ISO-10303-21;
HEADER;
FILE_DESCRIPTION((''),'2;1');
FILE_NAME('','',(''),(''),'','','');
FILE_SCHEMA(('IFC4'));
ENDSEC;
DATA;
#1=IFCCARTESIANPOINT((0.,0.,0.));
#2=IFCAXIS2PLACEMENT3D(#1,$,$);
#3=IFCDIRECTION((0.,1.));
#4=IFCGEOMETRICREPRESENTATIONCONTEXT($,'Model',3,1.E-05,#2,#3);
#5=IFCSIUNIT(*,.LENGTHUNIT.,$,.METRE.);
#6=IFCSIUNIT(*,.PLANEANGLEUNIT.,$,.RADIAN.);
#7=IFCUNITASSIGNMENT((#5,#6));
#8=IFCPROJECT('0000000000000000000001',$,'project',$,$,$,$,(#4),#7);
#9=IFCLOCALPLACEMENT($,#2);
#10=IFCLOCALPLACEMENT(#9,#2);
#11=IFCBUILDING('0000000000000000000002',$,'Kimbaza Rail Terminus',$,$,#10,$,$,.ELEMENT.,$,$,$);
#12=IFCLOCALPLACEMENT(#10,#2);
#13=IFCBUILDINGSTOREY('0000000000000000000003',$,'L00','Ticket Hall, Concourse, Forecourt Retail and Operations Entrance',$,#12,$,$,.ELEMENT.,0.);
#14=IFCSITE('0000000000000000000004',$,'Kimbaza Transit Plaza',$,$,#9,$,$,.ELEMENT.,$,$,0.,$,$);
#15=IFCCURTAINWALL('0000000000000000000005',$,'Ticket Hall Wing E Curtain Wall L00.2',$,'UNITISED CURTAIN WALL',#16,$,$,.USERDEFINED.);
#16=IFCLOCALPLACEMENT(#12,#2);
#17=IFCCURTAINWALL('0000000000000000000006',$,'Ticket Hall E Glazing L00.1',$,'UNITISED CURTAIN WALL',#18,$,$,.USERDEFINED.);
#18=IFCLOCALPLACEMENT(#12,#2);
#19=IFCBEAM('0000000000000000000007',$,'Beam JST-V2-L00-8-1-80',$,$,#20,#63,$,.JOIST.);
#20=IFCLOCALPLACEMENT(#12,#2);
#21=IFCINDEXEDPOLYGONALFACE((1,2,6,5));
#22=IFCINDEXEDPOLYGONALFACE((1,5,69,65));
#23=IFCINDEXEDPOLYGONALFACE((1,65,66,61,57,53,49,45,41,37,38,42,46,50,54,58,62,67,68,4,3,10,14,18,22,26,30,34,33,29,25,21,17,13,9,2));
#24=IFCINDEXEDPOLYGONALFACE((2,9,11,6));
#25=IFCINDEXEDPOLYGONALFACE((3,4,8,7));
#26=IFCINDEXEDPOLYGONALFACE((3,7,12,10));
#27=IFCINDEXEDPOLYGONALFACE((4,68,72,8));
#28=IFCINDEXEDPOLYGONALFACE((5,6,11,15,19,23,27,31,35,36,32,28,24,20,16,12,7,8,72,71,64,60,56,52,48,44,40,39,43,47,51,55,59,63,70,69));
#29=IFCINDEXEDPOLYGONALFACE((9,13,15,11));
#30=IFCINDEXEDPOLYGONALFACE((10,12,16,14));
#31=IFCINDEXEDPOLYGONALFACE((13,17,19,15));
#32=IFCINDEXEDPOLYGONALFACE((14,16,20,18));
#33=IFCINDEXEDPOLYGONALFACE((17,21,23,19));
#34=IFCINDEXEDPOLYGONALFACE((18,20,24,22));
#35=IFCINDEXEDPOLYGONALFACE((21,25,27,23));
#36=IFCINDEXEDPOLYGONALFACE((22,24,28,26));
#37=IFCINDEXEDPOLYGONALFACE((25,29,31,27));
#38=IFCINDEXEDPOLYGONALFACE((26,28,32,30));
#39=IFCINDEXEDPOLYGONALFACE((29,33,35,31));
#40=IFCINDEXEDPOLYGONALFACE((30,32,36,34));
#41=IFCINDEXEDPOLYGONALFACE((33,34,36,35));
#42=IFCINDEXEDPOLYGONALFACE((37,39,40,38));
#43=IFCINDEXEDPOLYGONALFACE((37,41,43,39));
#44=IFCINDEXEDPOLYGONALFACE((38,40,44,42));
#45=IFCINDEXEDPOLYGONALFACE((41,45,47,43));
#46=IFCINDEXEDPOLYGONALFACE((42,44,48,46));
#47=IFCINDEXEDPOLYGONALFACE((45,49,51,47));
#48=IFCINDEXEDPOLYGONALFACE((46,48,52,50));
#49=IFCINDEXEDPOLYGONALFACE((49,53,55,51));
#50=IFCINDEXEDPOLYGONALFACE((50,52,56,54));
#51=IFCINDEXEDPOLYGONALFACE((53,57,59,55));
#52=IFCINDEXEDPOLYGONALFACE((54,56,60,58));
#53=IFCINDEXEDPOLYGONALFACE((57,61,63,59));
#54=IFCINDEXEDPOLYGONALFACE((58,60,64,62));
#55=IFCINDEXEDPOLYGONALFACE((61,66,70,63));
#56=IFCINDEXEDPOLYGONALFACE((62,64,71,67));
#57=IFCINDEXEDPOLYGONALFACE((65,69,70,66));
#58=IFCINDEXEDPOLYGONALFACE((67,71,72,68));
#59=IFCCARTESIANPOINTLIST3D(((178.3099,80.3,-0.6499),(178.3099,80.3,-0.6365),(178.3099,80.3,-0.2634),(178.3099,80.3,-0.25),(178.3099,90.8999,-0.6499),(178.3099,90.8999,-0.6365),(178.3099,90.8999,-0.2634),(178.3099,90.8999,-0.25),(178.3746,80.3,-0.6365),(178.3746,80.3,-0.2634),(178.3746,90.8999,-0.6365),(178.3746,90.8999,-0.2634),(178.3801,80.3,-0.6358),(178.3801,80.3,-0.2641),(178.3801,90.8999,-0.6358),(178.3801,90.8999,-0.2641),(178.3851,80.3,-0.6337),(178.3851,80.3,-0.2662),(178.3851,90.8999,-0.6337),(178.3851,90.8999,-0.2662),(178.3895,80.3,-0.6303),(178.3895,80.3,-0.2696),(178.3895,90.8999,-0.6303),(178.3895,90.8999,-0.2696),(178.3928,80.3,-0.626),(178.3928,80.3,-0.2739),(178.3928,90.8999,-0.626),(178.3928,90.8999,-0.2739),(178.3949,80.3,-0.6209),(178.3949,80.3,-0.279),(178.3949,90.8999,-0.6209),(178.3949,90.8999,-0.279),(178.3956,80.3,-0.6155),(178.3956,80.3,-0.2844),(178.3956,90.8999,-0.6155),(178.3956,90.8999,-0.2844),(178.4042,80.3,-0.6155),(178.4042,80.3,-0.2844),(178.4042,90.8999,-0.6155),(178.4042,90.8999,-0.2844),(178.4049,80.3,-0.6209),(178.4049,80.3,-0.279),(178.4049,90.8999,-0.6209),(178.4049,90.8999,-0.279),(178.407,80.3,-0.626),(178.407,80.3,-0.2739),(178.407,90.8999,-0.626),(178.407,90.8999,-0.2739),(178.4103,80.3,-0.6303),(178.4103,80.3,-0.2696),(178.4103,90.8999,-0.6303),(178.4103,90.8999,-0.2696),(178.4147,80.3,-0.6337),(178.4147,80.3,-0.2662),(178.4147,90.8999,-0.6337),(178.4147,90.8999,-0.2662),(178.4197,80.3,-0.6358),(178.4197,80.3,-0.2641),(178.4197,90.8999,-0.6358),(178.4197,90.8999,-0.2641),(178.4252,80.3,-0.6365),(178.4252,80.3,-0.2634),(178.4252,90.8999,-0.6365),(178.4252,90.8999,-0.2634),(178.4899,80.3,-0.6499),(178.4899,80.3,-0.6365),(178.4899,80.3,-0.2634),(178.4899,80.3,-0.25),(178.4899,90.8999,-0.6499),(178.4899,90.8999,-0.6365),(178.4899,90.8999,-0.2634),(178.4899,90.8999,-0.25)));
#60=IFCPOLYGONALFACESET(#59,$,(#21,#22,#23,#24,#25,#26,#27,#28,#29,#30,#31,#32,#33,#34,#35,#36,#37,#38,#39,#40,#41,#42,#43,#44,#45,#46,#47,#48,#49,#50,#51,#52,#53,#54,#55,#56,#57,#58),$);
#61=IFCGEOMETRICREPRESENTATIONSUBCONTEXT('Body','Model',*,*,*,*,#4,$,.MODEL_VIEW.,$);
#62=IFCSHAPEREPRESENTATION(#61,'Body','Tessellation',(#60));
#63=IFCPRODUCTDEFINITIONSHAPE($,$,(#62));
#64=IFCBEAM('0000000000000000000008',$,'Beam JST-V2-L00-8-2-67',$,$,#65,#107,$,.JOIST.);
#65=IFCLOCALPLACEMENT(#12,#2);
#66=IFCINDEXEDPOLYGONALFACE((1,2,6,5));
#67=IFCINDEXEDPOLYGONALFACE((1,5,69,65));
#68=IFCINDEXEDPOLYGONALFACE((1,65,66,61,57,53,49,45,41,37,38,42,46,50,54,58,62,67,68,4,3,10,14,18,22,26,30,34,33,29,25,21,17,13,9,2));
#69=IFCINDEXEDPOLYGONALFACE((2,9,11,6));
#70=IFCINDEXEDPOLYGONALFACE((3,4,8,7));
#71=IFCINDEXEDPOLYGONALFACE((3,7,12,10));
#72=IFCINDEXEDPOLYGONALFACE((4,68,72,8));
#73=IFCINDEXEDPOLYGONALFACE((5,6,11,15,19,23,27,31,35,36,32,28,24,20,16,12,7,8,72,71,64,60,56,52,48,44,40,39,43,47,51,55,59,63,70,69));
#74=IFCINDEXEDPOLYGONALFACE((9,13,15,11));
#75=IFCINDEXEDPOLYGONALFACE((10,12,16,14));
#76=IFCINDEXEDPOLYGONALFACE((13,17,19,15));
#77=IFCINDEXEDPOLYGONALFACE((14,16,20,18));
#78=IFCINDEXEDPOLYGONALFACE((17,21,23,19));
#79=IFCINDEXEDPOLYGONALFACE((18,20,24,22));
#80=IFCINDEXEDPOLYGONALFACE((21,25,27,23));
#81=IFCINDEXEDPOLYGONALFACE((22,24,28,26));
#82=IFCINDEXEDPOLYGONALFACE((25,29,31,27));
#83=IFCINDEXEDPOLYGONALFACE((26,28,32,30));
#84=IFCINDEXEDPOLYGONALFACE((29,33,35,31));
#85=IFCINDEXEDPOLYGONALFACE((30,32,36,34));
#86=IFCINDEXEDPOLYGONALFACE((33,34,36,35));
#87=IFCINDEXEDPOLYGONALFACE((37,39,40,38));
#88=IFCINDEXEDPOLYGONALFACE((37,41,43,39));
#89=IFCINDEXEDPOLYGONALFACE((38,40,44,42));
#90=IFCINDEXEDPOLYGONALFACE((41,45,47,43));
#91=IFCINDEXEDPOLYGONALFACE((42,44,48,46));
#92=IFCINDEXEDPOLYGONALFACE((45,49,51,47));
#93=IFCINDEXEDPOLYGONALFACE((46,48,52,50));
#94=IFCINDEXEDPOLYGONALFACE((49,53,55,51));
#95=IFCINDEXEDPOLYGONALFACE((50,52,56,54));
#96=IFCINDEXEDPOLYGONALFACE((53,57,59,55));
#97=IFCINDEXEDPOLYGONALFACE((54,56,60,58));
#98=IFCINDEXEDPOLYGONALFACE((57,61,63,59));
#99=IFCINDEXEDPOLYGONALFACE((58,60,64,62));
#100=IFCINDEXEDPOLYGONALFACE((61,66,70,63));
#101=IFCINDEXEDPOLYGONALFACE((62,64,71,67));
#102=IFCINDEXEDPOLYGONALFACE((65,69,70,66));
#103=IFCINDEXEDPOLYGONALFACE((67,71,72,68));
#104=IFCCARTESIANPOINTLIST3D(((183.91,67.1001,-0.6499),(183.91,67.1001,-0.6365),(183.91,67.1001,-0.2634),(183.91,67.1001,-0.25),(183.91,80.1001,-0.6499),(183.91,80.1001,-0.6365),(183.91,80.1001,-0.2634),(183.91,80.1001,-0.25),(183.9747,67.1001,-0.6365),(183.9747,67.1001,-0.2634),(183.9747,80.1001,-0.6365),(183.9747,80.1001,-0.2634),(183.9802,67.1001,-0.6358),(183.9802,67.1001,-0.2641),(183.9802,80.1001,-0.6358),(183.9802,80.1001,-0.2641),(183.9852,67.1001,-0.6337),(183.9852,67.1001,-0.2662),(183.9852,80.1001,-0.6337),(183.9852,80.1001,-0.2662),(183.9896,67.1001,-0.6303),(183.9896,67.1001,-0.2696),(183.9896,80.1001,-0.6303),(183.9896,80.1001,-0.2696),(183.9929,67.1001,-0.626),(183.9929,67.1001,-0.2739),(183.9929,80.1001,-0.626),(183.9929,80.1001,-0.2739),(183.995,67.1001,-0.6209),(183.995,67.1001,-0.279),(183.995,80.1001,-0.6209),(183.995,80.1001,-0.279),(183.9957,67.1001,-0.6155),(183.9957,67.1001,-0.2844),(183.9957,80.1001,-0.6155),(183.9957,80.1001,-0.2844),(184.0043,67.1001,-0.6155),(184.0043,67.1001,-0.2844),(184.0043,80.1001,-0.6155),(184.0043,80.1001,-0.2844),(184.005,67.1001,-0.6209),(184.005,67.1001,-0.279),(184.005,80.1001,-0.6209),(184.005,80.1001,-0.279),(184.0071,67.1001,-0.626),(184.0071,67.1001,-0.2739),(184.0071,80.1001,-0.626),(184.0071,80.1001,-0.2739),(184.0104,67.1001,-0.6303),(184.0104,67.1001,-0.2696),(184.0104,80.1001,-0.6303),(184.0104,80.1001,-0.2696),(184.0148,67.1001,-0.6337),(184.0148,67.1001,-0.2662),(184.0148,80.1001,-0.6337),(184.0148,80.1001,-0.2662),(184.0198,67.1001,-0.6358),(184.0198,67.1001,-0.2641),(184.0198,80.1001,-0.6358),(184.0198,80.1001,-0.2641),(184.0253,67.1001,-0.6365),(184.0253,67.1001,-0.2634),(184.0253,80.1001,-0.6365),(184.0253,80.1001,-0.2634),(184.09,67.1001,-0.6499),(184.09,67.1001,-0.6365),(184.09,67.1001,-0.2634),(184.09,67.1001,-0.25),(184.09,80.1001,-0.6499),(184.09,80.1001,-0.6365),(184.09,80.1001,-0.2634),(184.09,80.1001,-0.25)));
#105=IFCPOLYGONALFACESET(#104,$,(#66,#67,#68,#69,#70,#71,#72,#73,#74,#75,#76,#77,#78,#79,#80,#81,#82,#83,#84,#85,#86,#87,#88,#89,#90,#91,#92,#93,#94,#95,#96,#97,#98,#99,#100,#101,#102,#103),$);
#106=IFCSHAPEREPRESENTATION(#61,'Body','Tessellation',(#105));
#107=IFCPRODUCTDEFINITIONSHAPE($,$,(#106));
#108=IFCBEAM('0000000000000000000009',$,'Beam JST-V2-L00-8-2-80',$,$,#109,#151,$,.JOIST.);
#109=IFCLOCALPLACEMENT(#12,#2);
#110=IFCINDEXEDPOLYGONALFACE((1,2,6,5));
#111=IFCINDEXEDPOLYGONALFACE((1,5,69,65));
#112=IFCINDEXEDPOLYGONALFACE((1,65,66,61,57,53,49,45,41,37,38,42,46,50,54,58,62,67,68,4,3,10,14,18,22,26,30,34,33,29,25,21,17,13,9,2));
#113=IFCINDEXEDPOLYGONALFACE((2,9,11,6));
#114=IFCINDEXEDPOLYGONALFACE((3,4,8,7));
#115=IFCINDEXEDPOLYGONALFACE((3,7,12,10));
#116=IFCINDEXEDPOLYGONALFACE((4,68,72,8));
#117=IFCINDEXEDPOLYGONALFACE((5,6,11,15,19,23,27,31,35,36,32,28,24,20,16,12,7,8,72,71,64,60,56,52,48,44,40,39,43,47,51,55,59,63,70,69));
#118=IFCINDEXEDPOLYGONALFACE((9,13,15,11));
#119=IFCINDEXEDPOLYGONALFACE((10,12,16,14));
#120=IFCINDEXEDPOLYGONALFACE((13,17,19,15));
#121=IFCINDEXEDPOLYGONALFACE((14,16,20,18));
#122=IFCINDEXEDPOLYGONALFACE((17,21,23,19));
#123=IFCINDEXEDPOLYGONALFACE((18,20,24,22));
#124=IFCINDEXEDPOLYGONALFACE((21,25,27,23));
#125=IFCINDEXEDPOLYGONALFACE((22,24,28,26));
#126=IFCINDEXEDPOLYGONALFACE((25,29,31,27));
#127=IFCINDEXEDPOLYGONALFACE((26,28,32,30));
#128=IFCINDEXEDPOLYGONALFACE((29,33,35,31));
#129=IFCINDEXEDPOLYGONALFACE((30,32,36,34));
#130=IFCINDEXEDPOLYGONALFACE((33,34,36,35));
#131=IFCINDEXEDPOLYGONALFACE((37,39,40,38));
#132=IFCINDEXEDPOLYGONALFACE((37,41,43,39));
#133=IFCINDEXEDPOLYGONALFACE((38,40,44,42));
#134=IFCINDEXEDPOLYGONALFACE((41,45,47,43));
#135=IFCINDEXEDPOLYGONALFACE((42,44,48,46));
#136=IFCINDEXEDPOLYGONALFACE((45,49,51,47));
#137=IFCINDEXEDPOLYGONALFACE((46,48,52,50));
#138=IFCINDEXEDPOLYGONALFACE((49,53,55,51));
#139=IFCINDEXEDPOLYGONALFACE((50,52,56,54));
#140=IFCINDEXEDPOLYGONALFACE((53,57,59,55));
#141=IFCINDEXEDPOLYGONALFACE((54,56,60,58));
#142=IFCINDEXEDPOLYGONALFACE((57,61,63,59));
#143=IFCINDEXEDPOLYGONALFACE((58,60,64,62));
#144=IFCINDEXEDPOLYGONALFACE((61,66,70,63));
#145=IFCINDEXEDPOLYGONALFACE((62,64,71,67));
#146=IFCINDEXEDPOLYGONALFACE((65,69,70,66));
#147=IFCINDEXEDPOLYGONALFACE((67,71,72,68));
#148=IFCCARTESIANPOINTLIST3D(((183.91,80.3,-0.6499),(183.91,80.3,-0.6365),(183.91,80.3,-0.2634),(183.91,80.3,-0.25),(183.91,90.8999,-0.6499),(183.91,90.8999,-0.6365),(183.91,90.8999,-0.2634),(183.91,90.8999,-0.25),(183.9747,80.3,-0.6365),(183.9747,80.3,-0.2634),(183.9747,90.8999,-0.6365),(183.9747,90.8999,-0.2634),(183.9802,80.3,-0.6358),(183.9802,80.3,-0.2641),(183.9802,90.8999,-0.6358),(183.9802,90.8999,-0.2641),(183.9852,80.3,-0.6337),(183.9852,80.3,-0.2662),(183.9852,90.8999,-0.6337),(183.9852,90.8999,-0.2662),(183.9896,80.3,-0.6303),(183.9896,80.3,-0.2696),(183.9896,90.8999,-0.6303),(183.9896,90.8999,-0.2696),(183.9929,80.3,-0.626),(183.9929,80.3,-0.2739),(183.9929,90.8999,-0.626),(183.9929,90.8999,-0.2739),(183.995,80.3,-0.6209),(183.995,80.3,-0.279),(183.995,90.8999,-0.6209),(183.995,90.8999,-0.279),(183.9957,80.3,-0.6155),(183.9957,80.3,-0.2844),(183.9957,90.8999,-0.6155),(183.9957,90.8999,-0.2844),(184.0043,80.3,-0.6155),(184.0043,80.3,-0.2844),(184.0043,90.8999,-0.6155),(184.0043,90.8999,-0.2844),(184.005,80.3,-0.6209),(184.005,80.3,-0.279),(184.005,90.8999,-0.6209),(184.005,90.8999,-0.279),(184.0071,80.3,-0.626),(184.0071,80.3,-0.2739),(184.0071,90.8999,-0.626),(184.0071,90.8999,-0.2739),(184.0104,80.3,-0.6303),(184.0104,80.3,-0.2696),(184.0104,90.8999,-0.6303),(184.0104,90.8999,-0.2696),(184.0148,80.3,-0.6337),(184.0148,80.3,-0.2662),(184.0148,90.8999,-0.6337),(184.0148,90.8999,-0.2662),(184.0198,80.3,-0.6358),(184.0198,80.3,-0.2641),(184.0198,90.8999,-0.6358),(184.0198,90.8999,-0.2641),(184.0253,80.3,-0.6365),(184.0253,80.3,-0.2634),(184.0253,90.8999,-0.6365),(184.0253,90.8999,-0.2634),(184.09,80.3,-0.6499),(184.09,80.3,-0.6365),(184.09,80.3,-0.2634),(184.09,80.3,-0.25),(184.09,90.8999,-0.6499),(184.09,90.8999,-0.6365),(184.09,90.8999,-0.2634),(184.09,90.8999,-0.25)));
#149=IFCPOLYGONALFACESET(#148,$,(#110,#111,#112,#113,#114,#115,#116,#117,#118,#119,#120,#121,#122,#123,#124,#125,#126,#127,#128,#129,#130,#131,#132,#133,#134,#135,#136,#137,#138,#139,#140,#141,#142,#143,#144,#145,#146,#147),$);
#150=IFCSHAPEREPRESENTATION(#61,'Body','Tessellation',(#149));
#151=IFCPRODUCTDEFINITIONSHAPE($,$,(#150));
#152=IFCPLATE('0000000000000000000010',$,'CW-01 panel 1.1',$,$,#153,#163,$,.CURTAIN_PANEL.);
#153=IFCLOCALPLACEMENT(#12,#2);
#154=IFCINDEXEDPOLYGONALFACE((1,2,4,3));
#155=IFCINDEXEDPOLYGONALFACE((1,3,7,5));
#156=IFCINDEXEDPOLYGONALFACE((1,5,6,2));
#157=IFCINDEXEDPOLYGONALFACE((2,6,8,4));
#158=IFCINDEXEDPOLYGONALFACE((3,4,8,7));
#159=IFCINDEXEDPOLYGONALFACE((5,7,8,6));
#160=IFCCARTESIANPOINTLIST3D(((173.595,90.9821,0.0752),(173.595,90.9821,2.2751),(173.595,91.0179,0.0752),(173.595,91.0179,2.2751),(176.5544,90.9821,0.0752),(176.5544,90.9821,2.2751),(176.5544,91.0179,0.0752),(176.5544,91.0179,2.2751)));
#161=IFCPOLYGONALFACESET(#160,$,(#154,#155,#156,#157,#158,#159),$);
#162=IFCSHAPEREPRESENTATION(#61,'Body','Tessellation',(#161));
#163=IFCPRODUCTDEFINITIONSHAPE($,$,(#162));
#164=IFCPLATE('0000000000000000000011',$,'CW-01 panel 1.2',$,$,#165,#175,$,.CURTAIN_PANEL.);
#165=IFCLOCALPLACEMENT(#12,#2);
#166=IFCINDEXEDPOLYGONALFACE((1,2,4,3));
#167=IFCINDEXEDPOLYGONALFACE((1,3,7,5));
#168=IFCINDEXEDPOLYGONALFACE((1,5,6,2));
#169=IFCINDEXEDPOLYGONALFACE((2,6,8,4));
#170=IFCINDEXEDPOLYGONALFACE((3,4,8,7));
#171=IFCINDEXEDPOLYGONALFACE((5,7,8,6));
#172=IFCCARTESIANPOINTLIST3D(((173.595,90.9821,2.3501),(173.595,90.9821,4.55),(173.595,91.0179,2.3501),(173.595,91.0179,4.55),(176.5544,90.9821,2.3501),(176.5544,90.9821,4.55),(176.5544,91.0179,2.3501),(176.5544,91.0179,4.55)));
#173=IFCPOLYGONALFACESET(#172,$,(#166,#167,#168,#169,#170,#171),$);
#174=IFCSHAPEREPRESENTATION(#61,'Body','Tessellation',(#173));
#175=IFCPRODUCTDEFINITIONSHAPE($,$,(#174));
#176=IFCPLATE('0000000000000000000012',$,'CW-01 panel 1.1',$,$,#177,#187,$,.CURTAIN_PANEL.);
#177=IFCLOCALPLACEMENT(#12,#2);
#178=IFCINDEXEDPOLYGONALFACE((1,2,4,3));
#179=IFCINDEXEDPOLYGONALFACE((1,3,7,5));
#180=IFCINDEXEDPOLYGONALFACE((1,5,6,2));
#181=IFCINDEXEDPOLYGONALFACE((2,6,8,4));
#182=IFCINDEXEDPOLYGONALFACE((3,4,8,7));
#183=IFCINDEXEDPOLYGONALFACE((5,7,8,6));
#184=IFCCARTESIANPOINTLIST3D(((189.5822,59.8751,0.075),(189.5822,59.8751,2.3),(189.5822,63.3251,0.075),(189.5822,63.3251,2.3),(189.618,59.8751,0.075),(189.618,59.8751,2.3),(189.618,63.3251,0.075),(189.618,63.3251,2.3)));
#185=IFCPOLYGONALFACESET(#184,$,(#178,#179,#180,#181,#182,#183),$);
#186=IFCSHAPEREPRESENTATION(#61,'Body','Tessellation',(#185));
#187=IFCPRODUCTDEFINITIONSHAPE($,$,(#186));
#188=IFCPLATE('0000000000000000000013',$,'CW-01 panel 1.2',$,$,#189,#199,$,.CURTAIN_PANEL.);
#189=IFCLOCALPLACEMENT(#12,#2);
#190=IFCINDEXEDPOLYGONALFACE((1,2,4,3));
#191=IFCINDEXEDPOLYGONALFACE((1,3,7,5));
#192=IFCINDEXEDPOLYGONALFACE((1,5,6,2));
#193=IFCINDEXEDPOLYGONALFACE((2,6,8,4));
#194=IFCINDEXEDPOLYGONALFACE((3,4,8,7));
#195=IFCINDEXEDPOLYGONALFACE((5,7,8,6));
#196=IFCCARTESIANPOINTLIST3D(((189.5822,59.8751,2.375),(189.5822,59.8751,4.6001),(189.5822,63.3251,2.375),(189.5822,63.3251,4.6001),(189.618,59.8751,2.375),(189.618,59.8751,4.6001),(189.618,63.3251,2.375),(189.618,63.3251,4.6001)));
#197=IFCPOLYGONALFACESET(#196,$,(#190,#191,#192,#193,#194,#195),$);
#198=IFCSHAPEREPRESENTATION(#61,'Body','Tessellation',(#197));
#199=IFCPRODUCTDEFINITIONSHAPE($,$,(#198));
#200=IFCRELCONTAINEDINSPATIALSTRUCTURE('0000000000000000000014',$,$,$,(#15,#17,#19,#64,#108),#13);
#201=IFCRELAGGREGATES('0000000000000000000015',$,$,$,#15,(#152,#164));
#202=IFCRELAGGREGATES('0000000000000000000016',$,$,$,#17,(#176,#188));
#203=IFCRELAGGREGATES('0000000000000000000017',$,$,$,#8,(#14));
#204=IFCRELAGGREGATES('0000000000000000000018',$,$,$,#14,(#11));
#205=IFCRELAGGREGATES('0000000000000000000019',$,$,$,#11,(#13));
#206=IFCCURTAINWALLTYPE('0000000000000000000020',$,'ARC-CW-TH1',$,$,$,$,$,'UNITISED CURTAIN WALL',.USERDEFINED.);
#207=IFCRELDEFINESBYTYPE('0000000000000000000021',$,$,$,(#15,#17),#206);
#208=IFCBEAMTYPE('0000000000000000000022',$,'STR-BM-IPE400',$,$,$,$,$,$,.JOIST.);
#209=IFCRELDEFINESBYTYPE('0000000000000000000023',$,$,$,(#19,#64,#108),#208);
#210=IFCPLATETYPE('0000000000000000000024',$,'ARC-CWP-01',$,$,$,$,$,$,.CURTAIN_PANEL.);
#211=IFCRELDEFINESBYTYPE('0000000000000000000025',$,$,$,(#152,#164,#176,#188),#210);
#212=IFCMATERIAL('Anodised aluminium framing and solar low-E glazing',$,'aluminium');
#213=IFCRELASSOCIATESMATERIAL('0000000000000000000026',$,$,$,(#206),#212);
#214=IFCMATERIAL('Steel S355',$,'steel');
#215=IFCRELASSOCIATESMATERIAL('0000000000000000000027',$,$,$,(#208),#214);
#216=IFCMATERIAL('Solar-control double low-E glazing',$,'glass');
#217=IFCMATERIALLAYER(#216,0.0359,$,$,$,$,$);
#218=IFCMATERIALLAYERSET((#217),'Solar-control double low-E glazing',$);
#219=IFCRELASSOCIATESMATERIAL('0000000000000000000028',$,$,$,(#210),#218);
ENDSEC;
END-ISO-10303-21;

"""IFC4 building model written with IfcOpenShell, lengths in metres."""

from ifc_helpers import new_model, si_unit, direction, frame, origin, origin_2d, place, context, subcontext, project, spatial, rectangle, i_section, extrude, material, layer, layer_set, material_profile, profile_set, type_object, element, aggregate, save


model = new_model("IFC4")

# Units and contexts
model_context = context("Model", 3, precision=1e-05, world=origin(), true_north=direction((0.0, 1.0)))
body_context = subcontext(model_context, "Body", "Model", "MODEL_VIEW")
ifc_project = project(units=[si_unit("LENGTHUNIT", "METRE"), si_unit("PLANEANGLEUNIT", "RADIAN")], contexts=[model_context])

# Site, building, storey
site_placement = place(None, origin())
site = spatial("IfcSite", under=ifc_project, at=site_placement, Name="Kimbaza Transit Plaza", CompositionType="ELEMENT", RefElevation=0.0)
building_placement = place(site_placement, origin())
building = spatial("IfcBuilding", under=site, at=building_placement, Name="Kimbaza Rail Terminus", CompositionType="ELEMENT")
storey_placement = place(building_placement, origin())
storey = spatial("IfcBuildingStorey", under=building, at=storey_placement, Name="L00", Description="Ticket Hall, Concourse, Forecourt Retail and Operations Entrance", CompositionType="ELEMENT", Elevation=0.0)

# Curtain wall
ifc_material_1 = material(Name="Anodised aluminium framing and solar low-E glazing", Category="aluminium")
curtain_wall_type = type_object("IfcCurtainWallType", Name="ARC-CW-TH1", ElementType="UNITISED CURTAIN WALL", PredefinedType="USERDEFINED", material=ifc_material_1)
curtain_wall_1_placement = place(storey_placement, origin())
curtain_wall_1 = element("IfcCurtainWall", 1, at=curtain_wall_1_placement, inside=storey, type_object=curtain_wall_type, Name="Ticket Hall Wing E Curtain Wall L00.2", ObjectType="UNITISED CURTAIN WALL", PredefinedType="USERDEFINED")

# Curtain wall
curtain_wall_2_placement = place(storey_placement, origin())
curtain_wall_2 = element("IfcCurtainWall", 2, at=curtain_wall_2_placement, inside=storey, type_object=curtain_wall_type, Name="Ticket Hall E Glazing L00.1", ObjectType="UNITISED CURTAIN WALL", PredefinedType="USERDEFINED")

# Beams
ifc_material_2 = material(Name="Steel S355", Category="steel")
ifc_material_profile_1 = material_profile(ifc_material_2, i_section(OverallWidth=0.1799, OverallDepth=0.3999, WebThickness=0.0085, FlangeThickness=0.0134, FilletRadius=0.021, at=origin_2d()), Name="IPE 400")
ifc_profile_set_1 = profile_set([ifc_material_profile_1], Name="Steel S355")
beam_type_1 = type_object("IfcBeamType", Name="STR-BM-IPE400", PredefinedType="JOIST", material=ifc_profile_set_1)
beam_1_placement = place(storey_placement, frame((178.3999, 80.3, -0.45), z_axis=(0.0, 1.0, 0.0), x_axis=(-1.0, 0.0, 0.0)))
element("IfcBeam", 3, at=beam_1_placement, inside=storey, type_object=beam_type_1, Name="Beam JST-V2-L00-8-1-80", PredefinedType="JOIST", context=body_context, shape_type="SweptSolid", body=[
    extrude(i_section(OverallWidth=0.1799, OverallDepth=0.3999, WebThickness=0.0085, FlangeThickness=0.0134, FilletRadius=0.021, at=origin_2d()), origin(), (0.0, 0.0, 1.0), 10.5999),
])
beam_2_placement = place(storey_placement, frame((184.0, 67.1001, -0.45), z_axis=(0.0, 1.0, 0.0), x_axis=(-1.0, 0.0, 0.0)))
element("IfcBeam", 4, at=beam_2_placement, inside=storey, type_object=beam_type_1, Name="Beam JST-V2-L00-8-2-67", PredefinedType="JOIST", context=body_context, shape_type="SweptSolid", body=[
    extrude(i_section(OverallWidth=0.1799, OverallDepth=0.3999, WebThickness=0.0085, FlangeThickness=0.0134, FilletRadius=0.021, at=origin_2d()), origin(), (0.0, 0.0, 1.0), 13.0),
])
beam_3_placement = place(storey_placement, frame((184.0, 80.3, -0.45), z_axis=(0.0, 1.0, 0.0), x_axis=(-1.0, 0.0, 0.0)))
element("IfcBeam", 5, at=beam_3_placement, inside=storey, type_object=beam_type_1, Name="Beam JST-V2-L00-8-2-80", PredefinedType="JOIST", context=body_context, shape_type="SweptSolid", body=[
    extrude(i_section(OverallWidth=0.1799, OverallDepth=0.3999, WebThickness=0.0085, FlangeThickness=0.0134, FilletRadius=0.021, at=origin_2d()), origin(), (0.0, 0.0, 1.0), 10.5999),
])

# Plates
ifc_material_3 = material(Name="Solar-control double low-E glazing", Category="glass")
ifc_layer_1 = layer(ifc_material_3, 0.0359)
ifc_layer_set_1 = layer_set([ifc_layer_1], Name="Solar-control double low-E glazing")
plate_type = type_object("IfcPlateType", Name="ARC-CWP-01", PredefinedType="CURTAIN_PANEL", material=ifc_layer_set_1)
plate_1_placement = place(storey_placement, frame((175.0747, 91.0, 0.0752), z_axis=(0.0, 0.0, 1.0), x_axis=(1.0, 0.0, 0.0)))
plate_1 = element("IfcPlate", 6, at=plate_1_placement, type_object=plate_type, Name="CW-01 panel 1.1", PredefinedType="CURTAIN_PANEL", context=body_context, shape_type="SweptSolid", body=[
    extrude(rectangle(XDim=2.9595, YDim=0.0359, at=origin_2d()), origin(), (0.0, 0.0, 1.0), 2.2),
])
plate_2_placement = place(storey_placement, frame((175.0747, 91.0, 2.3501), z_axis=(0.0, 0.0, 1.0), x_axis=(1.0, 0.0, 0.0)))
plate_2 = element("IfcPlate", 7, at=plate_2_placement, type_object=plate_type, Name="CW-01 panel 1.2", PredefinedType="CURTAIN_PANEL", context=body_context, shape_type="SweptSolid", body=[
    extrude(rectangle(XDim=2.9595, YDim=0.0359, at=origin_2d()), origin(), (0.0, 0.0, 1.0), 2.2),
])
aggregate(curtain_wall_1, [plate_1, plate_2])
plate_3_placement = place(storey_placement, frame((189.6001, 61.6001, 0.075), z_axis=(0.0, 0.0, 1.0), x_axis=(0.0, 1.0, 0.0)))
plate_3 = element("IfcPlate", 8, at=plate_3_placement, type_object=plate_type, Name="CW-01 panel 1.1", PredefinedType="CURTAIN_PANEL", context=body_context, shape_type="SweptSolid", body=[
    extrude(rectangle(XDim=3.45, YDim=0.0359, at=origin_2d()), origin(), (0.0, 0.0, 1.0), 2.2251),
])
plate_4_placement = place(storey_placement, frame((189.6001, 61.6001, 2.375), z_axis=(0.0, 0.0, 1.0), x_axis=(0.0, 1.0, 0.0)))
plate_4 = element("IfcPlate", 9, at=plate_4_placement, type_object=plate_type, Name="CW-01 panel 1.2", PredefinedType="CURTAIN_PANEL", context=body_context, shape_type="SweptSolid", body=[
    extrude(rectangle(XDim=3.45, YDim=0.0359, at=origin_2d()), origin(), (0.0, 0.0, 1.0), 2.2251),
])
aggregate(curtain_wall_2, [plate_3, plate_4])

save(model, "model.ifc")
